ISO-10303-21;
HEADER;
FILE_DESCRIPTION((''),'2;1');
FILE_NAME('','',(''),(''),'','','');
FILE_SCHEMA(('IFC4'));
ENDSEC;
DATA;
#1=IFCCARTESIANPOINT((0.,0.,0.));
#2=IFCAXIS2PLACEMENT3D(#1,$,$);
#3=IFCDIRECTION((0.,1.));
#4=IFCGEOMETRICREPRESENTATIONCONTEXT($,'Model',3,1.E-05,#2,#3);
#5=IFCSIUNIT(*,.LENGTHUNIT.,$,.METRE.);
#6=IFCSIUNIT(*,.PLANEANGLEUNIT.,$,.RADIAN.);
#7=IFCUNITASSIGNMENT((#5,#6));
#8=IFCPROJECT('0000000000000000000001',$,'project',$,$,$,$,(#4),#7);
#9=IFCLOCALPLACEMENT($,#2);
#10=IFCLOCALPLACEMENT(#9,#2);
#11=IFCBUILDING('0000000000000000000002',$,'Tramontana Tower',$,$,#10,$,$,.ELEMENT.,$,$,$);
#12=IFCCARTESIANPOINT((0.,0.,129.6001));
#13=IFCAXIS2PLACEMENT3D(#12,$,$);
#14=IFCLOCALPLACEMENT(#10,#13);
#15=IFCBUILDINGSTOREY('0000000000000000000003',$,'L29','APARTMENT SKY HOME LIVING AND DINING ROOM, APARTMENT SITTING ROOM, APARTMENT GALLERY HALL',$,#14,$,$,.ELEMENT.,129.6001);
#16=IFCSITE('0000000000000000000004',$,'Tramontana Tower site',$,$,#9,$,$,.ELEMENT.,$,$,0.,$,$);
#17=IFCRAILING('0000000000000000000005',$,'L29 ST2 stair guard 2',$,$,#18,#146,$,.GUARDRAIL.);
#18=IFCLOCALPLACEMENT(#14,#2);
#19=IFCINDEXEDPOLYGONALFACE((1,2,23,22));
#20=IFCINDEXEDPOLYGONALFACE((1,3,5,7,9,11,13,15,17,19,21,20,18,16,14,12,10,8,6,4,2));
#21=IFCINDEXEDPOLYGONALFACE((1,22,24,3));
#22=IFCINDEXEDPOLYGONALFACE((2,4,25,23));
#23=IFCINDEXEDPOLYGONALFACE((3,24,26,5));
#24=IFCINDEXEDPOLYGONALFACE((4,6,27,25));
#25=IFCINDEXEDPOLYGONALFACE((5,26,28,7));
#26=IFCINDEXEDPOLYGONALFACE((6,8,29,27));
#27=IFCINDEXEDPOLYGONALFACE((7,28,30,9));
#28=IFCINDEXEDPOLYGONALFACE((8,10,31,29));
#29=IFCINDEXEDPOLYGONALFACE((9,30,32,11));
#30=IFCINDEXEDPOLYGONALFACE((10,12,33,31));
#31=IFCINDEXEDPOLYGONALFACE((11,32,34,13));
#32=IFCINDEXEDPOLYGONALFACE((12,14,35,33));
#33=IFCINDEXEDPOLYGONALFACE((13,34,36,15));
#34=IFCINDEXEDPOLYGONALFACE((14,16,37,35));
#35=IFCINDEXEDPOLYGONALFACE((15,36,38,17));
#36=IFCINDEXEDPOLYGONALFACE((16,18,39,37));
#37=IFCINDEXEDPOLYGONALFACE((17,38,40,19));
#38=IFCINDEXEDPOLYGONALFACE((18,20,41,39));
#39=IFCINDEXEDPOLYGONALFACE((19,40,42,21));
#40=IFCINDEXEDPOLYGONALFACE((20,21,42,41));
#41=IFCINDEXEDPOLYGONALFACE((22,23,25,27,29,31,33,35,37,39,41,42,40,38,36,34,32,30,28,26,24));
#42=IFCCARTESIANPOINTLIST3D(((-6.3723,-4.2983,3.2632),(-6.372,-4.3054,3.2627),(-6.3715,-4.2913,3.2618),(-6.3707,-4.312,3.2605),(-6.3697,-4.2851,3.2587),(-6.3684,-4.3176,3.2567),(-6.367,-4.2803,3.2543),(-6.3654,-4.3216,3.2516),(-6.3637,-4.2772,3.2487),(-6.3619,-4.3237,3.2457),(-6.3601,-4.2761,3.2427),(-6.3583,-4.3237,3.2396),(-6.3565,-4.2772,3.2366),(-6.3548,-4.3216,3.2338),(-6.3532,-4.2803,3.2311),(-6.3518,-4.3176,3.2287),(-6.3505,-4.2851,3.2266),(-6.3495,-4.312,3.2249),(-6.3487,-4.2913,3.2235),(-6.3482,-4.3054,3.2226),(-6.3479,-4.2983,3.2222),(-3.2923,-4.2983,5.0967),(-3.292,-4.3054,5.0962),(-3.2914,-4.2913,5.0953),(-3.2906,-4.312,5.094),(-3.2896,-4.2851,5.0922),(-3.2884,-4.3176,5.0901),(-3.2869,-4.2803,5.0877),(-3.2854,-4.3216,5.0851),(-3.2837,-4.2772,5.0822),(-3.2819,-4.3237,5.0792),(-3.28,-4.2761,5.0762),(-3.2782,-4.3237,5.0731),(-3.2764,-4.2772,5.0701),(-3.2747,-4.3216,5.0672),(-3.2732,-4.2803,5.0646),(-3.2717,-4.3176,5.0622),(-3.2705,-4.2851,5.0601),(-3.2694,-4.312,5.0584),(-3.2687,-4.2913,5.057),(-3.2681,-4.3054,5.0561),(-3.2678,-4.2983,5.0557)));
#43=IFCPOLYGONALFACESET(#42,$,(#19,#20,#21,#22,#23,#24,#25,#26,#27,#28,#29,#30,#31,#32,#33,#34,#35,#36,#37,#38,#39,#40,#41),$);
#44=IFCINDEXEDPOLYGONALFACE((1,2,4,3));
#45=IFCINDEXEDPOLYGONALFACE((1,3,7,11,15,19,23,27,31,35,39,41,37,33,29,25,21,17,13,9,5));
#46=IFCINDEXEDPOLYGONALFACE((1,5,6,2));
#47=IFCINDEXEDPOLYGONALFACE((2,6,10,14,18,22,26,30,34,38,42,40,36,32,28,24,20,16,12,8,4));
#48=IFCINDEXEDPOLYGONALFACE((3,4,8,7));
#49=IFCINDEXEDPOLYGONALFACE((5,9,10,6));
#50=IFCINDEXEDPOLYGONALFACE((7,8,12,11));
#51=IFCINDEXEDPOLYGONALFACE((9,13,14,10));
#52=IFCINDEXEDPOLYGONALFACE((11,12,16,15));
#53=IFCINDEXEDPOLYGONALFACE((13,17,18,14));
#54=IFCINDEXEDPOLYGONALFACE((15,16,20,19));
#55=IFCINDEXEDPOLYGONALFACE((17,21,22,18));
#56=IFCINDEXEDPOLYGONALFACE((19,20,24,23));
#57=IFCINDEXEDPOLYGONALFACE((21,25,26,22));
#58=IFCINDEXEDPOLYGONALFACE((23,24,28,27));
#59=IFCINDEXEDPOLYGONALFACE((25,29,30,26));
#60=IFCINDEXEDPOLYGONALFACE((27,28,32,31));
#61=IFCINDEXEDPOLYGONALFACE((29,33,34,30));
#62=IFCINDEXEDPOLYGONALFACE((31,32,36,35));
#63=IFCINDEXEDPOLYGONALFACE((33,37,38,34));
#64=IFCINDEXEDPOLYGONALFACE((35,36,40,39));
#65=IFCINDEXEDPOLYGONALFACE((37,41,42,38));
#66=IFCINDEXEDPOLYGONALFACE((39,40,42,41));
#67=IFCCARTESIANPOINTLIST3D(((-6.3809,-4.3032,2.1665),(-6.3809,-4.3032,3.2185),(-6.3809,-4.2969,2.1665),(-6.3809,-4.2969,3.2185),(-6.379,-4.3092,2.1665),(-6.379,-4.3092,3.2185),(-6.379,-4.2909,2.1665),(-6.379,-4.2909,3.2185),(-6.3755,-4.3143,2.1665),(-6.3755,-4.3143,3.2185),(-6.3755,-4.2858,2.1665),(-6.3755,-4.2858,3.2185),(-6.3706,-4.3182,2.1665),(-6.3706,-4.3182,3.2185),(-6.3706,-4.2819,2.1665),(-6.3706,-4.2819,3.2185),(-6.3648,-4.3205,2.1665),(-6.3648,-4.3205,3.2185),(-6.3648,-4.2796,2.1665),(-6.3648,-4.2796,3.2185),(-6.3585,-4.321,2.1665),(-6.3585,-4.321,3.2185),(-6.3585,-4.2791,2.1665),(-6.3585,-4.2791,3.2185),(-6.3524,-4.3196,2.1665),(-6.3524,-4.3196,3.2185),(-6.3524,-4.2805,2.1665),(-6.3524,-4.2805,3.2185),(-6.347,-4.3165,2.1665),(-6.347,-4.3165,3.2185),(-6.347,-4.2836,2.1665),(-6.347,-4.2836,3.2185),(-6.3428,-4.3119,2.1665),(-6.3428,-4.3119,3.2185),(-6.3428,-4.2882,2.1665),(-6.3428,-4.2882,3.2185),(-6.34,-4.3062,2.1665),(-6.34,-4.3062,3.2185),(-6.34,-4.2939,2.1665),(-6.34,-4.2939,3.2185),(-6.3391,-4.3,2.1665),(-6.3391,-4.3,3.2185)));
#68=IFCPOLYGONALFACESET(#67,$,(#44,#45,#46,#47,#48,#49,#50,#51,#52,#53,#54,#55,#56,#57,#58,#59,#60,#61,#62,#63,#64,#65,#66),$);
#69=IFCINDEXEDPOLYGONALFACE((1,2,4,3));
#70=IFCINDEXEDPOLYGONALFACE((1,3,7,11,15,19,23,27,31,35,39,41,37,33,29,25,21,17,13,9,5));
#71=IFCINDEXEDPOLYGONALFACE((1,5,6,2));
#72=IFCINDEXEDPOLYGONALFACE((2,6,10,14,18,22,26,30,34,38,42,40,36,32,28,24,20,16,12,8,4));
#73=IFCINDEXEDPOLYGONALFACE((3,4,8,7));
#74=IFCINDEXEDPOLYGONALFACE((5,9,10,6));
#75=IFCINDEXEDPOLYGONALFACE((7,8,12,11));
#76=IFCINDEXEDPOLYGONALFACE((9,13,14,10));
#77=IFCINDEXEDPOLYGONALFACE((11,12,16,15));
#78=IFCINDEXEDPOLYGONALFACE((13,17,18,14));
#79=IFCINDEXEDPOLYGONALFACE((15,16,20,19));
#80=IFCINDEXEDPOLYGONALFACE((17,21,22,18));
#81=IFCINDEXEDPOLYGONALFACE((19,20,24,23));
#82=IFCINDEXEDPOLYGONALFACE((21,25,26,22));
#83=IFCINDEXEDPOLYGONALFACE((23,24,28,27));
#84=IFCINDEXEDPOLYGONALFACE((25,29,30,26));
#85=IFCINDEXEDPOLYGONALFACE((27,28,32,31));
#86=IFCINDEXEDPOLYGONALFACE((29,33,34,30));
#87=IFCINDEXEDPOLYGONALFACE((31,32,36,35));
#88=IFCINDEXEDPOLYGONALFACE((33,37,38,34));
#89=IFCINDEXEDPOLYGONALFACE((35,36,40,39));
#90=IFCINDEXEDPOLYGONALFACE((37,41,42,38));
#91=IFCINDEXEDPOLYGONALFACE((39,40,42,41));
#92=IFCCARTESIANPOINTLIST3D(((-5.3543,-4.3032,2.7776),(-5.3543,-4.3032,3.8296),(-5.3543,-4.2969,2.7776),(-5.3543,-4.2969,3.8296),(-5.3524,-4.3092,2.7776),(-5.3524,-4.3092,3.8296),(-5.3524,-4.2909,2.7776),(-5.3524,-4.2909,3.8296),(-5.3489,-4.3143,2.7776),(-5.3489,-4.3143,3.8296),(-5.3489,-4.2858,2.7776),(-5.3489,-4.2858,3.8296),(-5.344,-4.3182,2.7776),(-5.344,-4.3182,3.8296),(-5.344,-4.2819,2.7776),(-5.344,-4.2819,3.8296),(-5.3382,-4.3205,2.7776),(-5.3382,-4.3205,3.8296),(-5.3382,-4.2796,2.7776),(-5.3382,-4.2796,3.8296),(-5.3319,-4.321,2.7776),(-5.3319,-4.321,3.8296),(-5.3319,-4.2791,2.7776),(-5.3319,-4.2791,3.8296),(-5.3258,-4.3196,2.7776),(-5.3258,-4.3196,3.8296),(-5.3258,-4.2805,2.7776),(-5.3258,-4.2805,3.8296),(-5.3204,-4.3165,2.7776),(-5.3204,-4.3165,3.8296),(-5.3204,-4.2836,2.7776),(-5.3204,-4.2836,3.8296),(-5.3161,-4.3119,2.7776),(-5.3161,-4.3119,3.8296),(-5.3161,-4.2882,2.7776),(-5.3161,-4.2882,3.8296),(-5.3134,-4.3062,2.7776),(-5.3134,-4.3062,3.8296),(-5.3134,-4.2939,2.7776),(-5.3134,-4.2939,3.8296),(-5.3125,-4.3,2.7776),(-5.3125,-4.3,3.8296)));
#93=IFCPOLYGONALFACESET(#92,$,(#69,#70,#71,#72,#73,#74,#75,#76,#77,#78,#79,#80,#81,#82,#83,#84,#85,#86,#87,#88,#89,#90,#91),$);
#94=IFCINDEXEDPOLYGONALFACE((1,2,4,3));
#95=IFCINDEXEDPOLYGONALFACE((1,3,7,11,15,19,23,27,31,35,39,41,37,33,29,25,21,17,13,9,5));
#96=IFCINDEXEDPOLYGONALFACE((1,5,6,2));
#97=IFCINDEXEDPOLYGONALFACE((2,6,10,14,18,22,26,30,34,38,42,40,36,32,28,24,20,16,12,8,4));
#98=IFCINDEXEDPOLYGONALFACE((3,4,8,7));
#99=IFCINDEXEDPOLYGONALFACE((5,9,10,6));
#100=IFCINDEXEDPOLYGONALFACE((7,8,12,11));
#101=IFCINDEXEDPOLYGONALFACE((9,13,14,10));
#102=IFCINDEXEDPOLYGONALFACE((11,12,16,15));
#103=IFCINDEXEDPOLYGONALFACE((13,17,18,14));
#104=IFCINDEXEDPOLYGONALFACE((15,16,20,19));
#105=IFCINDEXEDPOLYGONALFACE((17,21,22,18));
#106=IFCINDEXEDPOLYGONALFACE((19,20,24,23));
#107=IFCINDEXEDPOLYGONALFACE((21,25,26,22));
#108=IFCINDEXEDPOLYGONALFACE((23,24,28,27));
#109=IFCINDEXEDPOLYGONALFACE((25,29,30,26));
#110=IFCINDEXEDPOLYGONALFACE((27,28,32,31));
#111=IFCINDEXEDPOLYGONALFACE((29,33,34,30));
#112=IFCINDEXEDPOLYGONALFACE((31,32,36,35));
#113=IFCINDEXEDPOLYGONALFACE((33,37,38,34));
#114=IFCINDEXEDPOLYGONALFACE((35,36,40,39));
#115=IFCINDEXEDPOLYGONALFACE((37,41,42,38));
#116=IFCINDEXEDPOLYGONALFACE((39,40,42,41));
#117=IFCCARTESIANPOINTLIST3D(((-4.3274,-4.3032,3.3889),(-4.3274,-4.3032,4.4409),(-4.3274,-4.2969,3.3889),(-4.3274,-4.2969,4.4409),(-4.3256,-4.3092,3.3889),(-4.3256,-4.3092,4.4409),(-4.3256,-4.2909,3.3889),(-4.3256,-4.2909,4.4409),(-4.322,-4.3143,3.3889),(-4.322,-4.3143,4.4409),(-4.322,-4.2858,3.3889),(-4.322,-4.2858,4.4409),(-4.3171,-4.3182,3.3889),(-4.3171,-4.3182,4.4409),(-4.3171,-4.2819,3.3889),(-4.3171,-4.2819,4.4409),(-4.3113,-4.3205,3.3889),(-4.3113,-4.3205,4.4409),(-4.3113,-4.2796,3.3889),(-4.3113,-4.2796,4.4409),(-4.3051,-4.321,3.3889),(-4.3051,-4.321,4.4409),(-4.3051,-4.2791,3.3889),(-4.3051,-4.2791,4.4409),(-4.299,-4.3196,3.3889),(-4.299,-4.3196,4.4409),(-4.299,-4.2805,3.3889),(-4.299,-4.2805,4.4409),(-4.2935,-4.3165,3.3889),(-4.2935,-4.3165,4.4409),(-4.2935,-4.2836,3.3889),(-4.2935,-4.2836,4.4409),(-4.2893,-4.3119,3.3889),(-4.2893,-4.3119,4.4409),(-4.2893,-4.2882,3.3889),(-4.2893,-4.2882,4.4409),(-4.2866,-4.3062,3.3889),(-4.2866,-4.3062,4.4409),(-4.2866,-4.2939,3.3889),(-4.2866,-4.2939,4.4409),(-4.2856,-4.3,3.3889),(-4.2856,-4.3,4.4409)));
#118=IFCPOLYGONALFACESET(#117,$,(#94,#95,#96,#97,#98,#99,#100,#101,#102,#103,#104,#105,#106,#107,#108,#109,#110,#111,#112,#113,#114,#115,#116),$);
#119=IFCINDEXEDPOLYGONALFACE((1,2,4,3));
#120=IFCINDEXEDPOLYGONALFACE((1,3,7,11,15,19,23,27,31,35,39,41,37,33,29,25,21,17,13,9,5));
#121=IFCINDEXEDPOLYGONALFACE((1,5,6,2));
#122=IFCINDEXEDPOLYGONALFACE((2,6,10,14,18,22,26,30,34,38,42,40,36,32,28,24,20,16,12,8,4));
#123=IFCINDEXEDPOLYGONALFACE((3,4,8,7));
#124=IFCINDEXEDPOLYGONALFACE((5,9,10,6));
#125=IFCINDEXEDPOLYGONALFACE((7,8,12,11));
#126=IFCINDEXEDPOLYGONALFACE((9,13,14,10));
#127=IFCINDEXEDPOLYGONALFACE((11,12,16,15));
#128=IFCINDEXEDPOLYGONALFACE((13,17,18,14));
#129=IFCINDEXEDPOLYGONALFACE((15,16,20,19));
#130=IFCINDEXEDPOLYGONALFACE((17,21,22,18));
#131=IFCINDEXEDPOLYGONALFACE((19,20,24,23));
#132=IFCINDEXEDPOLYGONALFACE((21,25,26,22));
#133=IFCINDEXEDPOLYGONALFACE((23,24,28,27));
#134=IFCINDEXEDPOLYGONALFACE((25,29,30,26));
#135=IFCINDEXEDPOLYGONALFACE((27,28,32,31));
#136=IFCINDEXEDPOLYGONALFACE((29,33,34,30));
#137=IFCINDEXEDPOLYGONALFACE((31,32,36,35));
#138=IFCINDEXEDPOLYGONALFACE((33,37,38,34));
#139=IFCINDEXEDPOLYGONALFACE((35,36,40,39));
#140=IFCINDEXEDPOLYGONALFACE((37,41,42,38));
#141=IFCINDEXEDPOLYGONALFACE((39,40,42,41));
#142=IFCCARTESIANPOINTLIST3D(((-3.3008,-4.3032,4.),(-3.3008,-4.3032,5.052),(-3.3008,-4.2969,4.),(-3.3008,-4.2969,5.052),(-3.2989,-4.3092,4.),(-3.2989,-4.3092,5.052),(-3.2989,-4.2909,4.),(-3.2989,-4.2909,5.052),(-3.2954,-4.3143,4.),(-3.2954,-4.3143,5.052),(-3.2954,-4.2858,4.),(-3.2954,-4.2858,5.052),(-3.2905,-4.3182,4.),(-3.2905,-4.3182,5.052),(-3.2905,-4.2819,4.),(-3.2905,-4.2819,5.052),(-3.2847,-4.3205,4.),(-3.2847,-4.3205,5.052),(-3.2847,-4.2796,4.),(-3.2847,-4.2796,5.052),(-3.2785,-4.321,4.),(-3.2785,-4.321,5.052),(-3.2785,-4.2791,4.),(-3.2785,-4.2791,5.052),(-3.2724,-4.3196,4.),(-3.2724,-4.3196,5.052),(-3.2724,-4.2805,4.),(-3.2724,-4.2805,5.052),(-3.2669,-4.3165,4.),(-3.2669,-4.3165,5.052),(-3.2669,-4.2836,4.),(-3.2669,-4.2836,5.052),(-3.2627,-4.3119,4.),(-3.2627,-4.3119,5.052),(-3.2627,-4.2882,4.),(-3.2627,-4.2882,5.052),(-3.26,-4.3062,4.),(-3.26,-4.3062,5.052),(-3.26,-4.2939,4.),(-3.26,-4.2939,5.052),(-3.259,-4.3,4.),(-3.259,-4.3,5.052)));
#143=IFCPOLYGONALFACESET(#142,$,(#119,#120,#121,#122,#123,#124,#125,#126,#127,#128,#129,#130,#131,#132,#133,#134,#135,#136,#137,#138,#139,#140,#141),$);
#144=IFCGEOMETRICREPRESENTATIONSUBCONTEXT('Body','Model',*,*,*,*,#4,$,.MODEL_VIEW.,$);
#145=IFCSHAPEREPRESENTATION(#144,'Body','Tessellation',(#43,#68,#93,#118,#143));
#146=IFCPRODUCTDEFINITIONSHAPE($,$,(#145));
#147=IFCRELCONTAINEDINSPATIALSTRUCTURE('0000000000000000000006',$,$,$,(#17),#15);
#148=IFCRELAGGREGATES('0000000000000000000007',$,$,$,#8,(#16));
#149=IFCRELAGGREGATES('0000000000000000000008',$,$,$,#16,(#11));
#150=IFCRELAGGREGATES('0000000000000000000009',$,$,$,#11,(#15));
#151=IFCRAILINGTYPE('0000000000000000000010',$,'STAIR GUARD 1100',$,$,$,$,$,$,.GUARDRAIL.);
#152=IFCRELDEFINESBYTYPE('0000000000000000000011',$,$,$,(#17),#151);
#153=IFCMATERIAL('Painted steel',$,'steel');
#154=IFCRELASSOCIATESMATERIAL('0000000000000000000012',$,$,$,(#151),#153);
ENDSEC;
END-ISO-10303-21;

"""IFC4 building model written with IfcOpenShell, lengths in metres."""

from ifc_helpers import new_model, si_unit, direction, frame, origin, origin_2d, place, context, subcontext, project, spatial, circle, extrude, material, type_object, element, save


model = new_model("IFC4")

# Units and contexts
model_context = context("Model", 3, precision=1e-05, world=origin(), true_north=direction((0.0, 1.0)))
body_context = subcontext(model_context, "Body", "Model", "MODEL_VIEW")
ifc_project = project(units=[si_unit("LENGTHUNIT", "METRE"), si_unit("PLANEANGLEUNIT", "RADIAN")], contexts=[model_context])

# Site, building, storey
site_placement = place(None, origin())
site = spatial("IfcSite", under=ifc_project, at=site_placement, Name="Tramontana Tower site", CompositionType="ELEMENT", RefElevation=0.0)
building_placement = place(site_placement, origin())
building = spatial("IfcBuilding", under=site, at=building_placement, Name="Tramontana Tower", CompositionType="ELEMENT")
storey_placement = place(building_placement, frame((0.0, 0.0, 129.6001)))
storey = spatial("IfcBuildingStorey", under=building, at=storey_placement, Name="L29", Description="APARTMENT SKY HOME LIVING AND DINING ROOM, APARTMENT SITTING ROOM, APARTMENT GALLERY HALL", CompositionType="ELEMENT", Elevation=129.6001)

# Railing
ifc_material_1 = material(Name="Painted steel", Category="steel")
railing_type_1 = type_object("IfcRailingType", Name="STAIR GUARD 1100", PredefinedType="GUARDRAIL", material=ifc_material_1)
railing_1_placement = place(storey_placement, frame((-6.3601, -4.3, 2.1665)))
element("IfcRailing", 1, at=railing_1_placement, inside=storey, type_object=railing_type_1, Name="L29 ST2 stair guard 2", PredefinedType="GUARDRAIL", context=body_context, shape_type="SweptSolid", body=[
    extrude(circle(Radius=0.0239, at=origin_2d()), frame((0.0, 0.0, 1.0762), z_axis=(0.859279, 0.0, 0.511508), x_axis=(0.0, 1.0, 0.0)), (0.0, 0.0, 1.0), 3.5845),
    extrude(circle(Radius=0.021, at=origin_2d()), origin(), (0.0, 0.0, 1.0), 1.052),
    extrude(circle(Radius=0.021, at=origin_2d()), frame((1.0266, 0.0, 0.6111)), (0.0, 0.0, 1.0), 1.052),
    extrude(circle(Radius=0.021, at=origin_2d()), frame((2.0535, 0.0, 1.2224)), (0.0, 0.0, 1.0), 1.052),
    extrude(circle(Radius=0.021, at=origin_2d()), frame((3.0801, 0.0, 1.8335)), (0.0, 0.0, 1.0), 1.052),
])

save(model, "model.ifc")
